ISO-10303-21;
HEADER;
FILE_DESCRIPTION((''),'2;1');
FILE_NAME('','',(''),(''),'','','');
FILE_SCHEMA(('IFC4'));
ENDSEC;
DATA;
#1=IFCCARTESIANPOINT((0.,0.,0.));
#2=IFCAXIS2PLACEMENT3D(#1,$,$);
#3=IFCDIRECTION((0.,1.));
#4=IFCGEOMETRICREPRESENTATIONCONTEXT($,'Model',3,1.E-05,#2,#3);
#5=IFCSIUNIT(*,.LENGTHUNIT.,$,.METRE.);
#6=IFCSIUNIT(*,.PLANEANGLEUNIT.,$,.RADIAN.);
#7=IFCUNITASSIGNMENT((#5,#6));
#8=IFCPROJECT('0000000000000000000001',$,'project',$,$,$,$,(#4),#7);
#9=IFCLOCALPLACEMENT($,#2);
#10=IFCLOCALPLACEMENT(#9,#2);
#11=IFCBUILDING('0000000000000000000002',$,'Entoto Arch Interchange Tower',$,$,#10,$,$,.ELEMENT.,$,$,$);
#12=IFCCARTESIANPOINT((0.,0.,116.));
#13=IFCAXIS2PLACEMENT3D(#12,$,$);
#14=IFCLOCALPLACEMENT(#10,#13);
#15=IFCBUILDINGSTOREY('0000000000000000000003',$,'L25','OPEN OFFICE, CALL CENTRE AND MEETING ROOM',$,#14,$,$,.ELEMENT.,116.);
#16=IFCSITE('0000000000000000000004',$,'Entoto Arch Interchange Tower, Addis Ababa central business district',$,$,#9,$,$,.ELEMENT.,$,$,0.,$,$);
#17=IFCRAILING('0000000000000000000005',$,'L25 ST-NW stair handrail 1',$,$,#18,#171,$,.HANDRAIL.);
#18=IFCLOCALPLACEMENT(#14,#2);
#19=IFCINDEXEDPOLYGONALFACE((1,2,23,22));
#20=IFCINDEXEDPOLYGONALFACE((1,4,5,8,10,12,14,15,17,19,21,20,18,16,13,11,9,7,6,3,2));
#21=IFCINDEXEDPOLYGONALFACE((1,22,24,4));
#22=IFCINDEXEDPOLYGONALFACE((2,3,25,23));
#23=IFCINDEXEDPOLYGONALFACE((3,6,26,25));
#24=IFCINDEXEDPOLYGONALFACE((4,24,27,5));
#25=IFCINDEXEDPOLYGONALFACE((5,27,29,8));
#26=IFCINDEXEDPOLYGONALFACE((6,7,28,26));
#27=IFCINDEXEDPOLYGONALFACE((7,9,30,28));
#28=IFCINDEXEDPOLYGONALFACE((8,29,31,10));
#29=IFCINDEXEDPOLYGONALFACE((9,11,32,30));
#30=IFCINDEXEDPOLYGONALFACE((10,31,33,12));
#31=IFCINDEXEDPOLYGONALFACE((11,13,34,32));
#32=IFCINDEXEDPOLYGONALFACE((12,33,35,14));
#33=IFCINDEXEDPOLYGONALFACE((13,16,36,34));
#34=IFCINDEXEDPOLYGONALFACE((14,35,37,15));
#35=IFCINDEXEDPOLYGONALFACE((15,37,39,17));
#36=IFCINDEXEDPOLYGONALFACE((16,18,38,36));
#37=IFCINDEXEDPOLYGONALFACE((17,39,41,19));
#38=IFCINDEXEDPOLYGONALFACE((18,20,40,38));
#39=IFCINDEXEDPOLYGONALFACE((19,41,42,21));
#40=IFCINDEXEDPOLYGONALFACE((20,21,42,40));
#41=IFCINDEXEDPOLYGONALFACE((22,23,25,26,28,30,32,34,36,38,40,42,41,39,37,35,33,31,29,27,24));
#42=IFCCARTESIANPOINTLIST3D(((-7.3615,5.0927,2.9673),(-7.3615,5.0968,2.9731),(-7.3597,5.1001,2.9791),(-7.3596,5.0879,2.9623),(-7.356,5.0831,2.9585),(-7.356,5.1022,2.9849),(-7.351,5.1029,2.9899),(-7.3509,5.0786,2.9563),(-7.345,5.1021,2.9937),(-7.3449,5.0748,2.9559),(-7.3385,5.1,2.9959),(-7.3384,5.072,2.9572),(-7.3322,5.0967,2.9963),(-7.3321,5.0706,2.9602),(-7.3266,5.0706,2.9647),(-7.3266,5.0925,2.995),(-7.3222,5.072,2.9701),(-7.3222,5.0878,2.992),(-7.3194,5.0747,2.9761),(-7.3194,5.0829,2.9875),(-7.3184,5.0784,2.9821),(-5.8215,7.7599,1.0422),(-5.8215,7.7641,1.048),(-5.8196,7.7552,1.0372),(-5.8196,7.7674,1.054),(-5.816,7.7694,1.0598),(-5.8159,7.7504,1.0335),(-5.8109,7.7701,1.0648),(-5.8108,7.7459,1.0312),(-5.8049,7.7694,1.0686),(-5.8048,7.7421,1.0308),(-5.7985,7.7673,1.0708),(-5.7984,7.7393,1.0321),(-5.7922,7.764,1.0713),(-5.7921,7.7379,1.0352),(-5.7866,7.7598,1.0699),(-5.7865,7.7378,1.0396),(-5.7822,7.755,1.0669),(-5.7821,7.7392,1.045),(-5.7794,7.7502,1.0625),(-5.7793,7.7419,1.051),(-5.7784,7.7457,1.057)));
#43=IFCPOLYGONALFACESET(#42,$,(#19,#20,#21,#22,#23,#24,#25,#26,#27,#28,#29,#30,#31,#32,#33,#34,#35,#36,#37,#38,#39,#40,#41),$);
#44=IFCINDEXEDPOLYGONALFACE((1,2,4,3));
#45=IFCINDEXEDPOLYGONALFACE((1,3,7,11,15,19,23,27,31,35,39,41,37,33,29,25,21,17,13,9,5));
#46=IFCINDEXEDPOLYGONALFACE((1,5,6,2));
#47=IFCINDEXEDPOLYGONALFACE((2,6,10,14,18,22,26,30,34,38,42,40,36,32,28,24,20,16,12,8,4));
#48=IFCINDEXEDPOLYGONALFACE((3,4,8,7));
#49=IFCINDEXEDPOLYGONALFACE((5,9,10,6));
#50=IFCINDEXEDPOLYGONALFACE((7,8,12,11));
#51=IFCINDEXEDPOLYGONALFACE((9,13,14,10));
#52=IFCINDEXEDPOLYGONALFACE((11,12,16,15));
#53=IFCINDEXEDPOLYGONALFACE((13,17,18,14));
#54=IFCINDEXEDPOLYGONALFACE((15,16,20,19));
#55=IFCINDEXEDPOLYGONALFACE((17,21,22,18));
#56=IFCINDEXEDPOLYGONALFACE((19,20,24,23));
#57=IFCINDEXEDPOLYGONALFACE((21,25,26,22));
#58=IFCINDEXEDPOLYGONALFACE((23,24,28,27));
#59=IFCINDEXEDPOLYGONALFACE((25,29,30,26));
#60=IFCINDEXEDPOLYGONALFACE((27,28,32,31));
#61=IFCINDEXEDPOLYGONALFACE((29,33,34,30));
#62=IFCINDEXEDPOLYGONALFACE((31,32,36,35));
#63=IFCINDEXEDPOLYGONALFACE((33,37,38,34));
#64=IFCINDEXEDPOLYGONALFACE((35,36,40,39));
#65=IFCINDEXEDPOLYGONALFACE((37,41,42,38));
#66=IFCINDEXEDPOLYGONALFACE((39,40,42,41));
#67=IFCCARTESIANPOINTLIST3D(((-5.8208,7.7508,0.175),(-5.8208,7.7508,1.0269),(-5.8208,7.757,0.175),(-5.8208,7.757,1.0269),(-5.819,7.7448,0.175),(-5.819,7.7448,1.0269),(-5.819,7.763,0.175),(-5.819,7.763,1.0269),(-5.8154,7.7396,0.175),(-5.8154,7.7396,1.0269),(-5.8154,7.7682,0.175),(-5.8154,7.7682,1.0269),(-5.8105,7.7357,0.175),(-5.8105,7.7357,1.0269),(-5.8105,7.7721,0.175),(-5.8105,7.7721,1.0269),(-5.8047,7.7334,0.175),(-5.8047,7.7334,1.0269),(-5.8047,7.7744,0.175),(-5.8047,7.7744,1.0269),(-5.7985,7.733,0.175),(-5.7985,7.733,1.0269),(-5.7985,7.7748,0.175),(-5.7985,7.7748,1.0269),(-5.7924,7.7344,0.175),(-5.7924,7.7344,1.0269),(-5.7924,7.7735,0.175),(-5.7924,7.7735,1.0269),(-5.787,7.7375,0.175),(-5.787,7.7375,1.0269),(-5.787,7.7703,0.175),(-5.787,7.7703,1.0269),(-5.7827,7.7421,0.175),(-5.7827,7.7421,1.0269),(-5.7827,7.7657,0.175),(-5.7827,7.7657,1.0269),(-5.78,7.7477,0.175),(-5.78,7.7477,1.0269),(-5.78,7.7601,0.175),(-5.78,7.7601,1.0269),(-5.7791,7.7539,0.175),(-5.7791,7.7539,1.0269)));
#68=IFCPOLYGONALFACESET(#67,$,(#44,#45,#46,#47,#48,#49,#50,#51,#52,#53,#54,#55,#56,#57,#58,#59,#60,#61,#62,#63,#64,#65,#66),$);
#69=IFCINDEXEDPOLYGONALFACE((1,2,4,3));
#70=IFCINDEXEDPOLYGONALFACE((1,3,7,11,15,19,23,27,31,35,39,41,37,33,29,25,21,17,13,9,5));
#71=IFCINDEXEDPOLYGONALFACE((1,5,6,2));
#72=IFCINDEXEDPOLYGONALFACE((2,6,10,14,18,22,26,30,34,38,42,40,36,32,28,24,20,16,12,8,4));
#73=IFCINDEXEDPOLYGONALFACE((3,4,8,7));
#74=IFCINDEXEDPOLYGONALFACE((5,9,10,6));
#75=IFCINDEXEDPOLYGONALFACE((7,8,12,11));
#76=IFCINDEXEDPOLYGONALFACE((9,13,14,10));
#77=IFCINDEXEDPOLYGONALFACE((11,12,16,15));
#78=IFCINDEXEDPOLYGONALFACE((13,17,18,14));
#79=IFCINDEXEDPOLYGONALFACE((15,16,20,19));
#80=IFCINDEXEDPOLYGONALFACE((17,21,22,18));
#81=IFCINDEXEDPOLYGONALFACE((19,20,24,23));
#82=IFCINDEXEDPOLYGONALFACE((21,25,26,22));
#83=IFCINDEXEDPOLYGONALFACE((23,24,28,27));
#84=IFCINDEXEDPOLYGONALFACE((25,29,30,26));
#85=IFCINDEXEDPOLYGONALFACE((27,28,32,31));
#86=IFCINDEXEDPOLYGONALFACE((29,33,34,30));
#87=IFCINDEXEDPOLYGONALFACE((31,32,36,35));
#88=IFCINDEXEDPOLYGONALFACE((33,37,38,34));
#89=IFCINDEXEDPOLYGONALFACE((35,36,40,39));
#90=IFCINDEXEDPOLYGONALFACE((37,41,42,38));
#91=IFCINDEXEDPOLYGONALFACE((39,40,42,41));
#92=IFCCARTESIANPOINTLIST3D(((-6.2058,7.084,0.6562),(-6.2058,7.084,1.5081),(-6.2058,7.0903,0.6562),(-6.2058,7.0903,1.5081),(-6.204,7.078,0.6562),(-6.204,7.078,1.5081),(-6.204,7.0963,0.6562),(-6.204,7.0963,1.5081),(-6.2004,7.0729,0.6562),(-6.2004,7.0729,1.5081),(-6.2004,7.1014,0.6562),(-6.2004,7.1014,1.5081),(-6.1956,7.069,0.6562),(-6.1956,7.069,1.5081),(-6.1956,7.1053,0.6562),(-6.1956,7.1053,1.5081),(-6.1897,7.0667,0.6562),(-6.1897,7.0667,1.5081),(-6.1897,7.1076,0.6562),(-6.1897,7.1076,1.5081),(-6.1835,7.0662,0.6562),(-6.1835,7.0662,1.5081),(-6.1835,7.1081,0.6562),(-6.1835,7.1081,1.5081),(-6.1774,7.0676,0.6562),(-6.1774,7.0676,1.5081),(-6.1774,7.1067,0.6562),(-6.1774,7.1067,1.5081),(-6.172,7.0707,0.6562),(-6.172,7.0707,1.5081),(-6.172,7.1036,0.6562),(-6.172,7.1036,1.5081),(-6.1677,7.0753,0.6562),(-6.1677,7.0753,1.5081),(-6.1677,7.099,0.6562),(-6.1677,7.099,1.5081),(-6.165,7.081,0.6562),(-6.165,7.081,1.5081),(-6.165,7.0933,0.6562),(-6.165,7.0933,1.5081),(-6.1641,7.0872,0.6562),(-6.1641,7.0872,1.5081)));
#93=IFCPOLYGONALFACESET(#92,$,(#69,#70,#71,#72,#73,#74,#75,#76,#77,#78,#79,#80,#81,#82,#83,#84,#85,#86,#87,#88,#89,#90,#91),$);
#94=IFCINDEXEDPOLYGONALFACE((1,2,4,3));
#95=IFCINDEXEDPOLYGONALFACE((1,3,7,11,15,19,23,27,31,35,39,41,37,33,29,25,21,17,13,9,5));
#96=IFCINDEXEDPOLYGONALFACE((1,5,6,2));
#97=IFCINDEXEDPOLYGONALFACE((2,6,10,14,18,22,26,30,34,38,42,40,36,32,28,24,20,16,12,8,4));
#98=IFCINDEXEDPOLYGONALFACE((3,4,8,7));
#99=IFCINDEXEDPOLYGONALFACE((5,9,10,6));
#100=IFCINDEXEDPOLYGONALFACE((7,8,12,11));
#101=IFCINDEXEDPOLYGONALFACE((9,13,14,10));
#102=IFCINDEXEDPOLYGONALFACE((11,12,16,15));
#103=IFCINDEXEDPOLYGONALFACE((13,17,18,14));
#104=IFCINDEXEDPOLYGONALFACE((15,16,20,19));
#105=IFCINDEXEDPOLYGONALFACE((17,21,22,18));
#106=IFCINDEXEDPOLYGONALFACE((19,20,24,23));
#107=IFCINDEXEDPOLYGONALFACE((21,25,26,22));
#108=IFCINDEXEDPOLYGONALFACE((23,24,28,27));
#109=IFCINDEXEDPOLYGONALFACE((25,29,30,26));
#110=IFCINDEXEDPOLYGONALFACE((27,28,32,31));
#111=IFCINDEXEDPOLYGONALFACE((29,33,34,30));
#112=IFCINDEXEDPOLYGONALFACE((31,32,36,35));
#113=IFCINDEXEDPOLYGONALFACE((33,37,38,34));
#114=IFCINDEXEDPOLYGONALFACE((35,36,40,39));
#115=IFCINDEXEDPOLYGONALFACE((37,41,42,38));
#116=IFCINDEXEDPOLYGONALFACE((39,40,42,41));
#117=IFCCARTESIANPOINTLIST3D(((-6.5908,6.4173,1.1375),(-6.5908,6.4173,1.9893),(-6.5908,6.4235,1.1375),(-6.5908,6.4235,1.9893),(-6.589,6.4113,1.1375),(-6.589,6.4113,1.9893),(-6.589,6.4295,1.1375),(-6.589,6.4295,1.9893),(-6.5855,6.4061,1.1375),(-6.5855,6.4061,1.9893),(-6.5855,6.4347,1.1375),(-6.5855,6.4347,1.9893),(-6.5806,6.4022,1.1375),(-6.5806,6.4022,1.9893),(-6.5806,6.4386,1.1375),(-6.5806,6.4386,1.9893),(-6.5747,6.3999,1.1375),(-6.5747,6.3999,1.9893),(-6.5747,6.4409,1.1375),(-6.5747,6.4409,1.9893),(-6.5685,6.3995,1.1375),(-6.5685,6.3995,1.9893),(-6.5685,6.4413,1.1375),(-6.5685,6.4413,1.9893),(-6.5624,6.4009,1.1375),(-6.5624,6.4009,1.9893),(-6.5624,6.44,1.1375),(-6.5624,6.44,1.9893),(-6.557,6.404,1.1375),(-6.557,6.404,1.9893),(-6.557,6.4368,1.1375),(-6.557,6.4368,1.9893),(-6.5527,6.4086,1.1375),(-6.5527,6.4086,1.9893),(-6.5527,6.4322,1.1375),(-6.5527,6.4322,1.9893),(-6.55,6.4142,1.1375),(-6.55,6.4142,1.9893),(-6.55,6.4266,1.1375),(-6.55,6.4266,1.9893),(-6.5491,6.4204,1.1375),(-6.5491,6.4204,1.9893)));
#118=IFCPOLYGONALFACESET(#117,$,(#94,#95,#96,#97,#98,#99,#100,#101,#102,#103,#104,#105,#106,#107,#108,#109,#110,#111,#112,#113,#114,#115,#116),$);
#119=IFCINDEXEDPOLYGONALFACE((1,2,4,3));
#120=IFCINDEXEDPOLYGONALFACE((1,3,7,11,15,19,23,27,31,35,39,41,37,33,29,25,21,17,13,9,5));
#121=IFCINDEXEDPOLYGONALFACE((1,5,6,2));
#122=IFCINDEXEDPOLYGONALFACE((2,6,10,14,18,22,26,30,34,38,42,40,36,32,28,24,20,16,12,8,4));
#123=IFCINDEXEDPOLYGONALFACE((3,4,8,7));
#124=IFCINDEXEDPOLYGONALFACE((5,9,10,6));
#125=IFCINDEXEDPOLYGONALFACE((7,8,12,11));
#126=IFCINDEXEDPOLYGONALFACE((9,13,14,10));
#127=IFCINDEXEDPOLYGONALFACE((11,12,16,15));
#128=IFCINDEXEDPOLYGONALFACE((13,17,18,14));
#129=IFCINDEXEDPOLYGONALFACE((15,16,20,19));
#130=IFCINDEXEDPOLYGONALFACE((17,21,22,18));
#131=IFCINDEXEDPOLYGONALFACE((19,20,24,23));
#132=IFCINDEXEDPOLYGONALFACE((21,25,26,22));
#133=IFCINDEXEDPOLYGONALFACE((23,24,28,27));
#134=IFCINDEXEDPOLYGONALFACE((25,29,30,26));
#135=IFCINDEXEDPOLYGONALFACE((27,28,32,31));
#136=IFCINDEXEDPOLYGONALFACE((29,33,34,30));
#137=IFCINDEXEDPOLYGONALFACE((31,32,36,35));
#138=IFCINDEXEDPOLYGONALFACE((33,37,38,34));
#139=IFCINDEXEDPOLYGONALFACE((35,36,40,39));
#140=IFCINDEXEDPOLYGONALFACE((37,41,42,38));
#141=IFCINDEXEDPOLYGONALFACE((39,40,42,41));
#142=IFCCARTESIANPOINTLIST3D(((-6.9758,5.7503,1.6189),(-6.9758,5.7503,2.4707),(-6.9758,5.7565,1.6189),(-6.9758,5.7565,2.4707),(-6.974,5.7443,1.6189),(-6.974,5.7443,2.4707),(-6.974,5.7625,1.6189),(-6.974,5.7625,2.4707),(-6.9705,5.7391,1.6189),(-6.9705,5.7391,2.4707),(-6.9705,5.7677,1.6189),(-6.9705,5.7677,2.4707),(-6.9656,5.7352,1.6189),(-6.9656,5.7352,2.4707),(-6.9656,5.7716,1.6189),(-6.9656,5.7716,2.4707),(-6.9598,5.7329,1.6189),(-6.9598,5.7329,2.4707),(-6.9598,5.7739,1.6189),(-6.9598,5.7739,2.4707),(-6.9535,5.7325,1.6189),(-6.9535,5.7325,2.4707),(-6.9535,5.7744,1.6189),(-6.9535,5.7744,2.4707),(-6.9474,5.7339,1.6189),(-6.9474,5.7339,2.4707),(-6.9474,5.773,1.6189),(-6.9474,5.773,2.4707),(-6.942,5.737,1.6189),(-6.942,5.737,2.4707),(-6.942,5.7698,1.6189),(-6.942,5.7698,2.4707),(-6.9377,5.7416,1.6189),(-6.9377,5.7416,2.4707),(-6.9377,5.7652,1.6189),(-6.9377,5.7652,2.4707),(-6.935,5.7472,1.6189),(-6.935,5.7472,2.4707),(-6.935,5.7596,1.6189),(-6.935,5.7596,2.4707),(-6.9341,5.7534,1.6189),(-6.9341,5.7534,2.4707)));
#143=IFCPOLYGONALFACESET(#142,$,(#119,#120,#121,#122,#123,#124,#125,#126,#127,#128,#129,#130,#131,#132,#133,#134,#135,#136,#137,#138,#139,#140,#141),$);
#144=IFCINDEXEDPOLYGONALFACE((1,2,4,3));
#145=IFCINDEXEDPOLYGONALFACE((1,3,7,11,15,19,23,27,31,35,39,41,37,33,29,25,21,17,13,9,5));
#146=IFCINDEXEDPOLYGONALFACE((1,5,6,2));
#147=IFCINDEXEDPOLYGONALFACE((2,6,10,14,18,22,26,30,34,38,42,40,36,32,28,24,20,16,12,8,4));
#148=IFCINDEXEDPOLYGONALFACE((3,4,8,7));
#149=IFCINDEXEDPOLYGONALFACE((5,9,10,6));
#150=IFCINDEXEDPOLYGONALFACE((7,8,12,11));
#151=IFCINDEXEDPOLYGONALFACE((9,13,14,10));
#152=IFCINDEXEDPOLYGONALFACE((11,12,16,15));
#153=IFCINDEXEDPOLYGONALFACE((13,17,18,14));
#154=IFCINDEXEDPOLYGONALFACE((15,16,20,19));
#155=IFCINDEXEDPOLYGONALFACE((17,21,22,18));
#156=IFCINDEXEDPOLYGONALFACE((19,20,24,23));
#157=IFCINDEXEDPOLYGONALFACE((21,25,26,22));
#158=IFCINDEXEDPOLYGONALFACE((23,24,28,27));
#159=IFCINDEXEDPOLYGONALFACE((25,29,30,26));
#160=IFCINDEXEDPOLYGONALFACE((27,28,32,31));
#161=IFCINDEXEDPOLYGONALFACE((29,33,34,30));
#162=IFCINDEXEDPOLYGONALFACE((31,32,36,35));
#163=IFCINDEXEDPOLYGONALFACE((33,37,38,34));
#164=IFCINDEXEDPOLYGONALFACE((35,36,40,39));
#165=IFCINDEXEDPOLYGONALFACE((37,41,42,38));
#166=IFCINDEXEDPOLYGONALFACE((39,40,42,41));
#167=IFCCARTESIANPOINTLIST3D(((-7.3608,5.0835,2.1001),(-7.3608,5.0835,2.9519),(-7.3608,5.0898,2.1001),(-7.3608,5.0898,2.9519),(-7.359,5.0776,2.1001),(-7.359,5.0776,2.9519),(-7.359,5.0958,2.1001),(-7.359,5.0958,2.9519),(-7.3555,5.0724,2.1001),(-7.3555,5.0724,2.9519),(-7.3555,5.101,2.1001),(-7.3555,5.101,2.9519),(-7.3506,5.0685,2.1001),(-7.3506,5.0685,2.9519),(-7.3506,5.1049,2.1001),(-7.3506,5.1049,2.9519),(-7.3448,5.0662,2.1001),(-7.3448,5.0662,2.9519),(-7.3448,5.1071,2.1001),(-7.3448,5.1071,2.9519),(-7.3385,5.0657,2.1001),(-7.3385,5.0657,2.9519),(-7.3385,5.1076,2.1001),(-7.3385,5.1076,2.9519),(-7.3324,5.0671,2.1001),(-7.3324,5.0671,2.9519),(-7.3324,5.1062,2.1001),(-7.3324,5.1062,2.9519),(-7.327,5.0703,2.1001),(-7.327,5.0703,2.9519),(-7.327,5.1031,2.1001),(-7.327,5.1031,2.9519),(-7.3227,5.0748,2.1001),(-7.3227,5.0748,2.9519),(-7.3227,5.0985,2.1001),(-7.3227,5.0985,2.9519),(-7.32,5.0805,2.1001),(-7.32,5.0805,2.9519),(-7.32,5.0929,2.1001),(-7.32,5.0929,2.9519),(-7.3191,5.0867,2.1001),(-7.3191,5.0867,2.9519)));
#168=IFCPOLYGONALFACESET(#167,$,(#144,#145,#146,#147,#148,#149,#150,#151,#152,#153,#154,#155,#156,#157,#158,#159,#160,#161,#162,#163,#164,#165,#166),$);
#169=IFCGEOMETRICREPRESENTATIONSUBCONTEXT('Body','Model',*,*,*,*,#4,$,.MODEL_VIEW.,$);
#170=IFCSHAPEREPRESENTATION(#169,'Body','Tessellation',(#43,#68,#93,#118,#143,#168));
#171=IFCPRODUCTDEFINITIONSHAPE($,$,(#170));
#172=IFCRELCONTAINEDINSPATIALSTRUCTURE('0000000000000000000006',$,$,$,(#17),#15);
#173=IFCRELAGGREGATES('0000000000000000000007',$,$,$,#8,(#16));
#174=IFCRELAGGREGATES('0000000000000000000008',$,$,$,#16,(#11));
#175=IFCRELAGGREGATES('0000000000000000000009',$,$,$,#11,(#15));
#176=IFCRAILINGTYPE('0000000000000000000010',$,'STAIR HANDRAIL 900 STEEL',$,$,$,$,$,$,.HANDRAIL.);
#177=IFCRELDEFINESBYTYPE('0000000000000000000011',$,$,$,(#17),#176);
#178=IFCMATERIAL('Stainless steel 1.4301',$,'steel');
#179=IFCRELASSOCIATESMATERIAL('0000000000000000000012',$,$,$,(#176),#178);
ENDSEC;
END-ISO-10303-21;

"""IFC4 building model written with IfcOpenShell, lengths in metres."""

from ifc_helpers import new_model, si_unit, direction, frame, origin, origin_2d, place, context, subcontext, project, spatial, circle, extrude, material, type_object, element, save


model = new_model("IFC4")

# Units and contexts
model_context = context("Model", 3, precision=1e-05, world=origin(), true_north=direction((0.0, 1.0)))
body_context = subcontext(model_context, "Body", "Model", "MODEL_VIEW")
ifc_project = project(units=[si_unit("LENGTHUNIT", "METRE"), si_unit("PLANEANGLEUNIT", "RADIAN")], contexts=[model_context])

# Site, building, storey
site_placement = place(None, origin())
site = spatial("IfcSite", under=ifc_project, at=site_placement, Name="Entoto Arch Interchange Tower, Addis Ababa central business district", CompositionType="ELEMENT", RefElevation=0.0)
building_placement = place(site_placement, origin())
building = spatial("IfcBuilding", under=site, at=building_placement, Name="Entoto Arch Interchange Tower", CompositionType="ELEMENT")
storey_placement = place(building_placement, frame((0.0, 0.0, 116.0)))
storey = spatial("IfcBuildingStorey", under=building, at=storey_placement, Name="L25", Description="OPEN OFFICE, CALL CENTRE AND MEETING ROOM", CompositionType="ELEMENT", Elevation=116.0)

# Railing
ifc_material_1 = material(Name="Stainless steel 1.4301", Category="steel")
railing_type_1 = type_object("IfcRailingType", Name="STAIR HANDRAIL 900 STEEL", PredefinedType="HANDRAIL", material=ifc_material_1)
railing_1_placement = place(storey_placement, frame((-5.8, 7.7539, 0.175)))
element("IfcRailing", 1, at=railing_1_placement, inside=storey, type_object=railing_type_1, Name="L25 ST-NW stair handrail 1", PredefinedType="HANDRAIL", context=body_context, shape_type="SweptSolid", body=[
    extrude(circle(Radius=0.0239, at=origin_2d()), frame((0.0, 0.0, 0.876), z_axis=(-0.424015, -0.734364, 0.530019), x_axis=(0.86601, -0.500027, 0.0)), (0.0, 0.0, 1.0), 3.6321),
    extrude(circle(Radius=0.021, at=origin_2d()), origin(), (0.0, 0.0, 1.0), 0.8518),
    extrude(circle(Radius=0.021, at=origin_2d()), frame((-0.385, -0.6667, 0.4812)), (0.0, 0.0, 1.0), 0.8518),
    extrude(circle(Radius=0.021, at=origin_2d()), frame((-0.77, -1.3335, 0.9624)), (0.0, 0.0, 1.0), 0.8518),
    extrude(circle(Radius=0.021, at=origin_2d()), frame((-1.155, -2.0005, 1.4438)), (0.0, 0.0, 1.0), 0.8518),
    extrude(circle(Radius=0.021, at=origin_2d()), frame((-1.54, -2.6672, 1.925)), (0.0, 0.0, 1.0), 0.8518),
])

save(model, "model.ifc")
